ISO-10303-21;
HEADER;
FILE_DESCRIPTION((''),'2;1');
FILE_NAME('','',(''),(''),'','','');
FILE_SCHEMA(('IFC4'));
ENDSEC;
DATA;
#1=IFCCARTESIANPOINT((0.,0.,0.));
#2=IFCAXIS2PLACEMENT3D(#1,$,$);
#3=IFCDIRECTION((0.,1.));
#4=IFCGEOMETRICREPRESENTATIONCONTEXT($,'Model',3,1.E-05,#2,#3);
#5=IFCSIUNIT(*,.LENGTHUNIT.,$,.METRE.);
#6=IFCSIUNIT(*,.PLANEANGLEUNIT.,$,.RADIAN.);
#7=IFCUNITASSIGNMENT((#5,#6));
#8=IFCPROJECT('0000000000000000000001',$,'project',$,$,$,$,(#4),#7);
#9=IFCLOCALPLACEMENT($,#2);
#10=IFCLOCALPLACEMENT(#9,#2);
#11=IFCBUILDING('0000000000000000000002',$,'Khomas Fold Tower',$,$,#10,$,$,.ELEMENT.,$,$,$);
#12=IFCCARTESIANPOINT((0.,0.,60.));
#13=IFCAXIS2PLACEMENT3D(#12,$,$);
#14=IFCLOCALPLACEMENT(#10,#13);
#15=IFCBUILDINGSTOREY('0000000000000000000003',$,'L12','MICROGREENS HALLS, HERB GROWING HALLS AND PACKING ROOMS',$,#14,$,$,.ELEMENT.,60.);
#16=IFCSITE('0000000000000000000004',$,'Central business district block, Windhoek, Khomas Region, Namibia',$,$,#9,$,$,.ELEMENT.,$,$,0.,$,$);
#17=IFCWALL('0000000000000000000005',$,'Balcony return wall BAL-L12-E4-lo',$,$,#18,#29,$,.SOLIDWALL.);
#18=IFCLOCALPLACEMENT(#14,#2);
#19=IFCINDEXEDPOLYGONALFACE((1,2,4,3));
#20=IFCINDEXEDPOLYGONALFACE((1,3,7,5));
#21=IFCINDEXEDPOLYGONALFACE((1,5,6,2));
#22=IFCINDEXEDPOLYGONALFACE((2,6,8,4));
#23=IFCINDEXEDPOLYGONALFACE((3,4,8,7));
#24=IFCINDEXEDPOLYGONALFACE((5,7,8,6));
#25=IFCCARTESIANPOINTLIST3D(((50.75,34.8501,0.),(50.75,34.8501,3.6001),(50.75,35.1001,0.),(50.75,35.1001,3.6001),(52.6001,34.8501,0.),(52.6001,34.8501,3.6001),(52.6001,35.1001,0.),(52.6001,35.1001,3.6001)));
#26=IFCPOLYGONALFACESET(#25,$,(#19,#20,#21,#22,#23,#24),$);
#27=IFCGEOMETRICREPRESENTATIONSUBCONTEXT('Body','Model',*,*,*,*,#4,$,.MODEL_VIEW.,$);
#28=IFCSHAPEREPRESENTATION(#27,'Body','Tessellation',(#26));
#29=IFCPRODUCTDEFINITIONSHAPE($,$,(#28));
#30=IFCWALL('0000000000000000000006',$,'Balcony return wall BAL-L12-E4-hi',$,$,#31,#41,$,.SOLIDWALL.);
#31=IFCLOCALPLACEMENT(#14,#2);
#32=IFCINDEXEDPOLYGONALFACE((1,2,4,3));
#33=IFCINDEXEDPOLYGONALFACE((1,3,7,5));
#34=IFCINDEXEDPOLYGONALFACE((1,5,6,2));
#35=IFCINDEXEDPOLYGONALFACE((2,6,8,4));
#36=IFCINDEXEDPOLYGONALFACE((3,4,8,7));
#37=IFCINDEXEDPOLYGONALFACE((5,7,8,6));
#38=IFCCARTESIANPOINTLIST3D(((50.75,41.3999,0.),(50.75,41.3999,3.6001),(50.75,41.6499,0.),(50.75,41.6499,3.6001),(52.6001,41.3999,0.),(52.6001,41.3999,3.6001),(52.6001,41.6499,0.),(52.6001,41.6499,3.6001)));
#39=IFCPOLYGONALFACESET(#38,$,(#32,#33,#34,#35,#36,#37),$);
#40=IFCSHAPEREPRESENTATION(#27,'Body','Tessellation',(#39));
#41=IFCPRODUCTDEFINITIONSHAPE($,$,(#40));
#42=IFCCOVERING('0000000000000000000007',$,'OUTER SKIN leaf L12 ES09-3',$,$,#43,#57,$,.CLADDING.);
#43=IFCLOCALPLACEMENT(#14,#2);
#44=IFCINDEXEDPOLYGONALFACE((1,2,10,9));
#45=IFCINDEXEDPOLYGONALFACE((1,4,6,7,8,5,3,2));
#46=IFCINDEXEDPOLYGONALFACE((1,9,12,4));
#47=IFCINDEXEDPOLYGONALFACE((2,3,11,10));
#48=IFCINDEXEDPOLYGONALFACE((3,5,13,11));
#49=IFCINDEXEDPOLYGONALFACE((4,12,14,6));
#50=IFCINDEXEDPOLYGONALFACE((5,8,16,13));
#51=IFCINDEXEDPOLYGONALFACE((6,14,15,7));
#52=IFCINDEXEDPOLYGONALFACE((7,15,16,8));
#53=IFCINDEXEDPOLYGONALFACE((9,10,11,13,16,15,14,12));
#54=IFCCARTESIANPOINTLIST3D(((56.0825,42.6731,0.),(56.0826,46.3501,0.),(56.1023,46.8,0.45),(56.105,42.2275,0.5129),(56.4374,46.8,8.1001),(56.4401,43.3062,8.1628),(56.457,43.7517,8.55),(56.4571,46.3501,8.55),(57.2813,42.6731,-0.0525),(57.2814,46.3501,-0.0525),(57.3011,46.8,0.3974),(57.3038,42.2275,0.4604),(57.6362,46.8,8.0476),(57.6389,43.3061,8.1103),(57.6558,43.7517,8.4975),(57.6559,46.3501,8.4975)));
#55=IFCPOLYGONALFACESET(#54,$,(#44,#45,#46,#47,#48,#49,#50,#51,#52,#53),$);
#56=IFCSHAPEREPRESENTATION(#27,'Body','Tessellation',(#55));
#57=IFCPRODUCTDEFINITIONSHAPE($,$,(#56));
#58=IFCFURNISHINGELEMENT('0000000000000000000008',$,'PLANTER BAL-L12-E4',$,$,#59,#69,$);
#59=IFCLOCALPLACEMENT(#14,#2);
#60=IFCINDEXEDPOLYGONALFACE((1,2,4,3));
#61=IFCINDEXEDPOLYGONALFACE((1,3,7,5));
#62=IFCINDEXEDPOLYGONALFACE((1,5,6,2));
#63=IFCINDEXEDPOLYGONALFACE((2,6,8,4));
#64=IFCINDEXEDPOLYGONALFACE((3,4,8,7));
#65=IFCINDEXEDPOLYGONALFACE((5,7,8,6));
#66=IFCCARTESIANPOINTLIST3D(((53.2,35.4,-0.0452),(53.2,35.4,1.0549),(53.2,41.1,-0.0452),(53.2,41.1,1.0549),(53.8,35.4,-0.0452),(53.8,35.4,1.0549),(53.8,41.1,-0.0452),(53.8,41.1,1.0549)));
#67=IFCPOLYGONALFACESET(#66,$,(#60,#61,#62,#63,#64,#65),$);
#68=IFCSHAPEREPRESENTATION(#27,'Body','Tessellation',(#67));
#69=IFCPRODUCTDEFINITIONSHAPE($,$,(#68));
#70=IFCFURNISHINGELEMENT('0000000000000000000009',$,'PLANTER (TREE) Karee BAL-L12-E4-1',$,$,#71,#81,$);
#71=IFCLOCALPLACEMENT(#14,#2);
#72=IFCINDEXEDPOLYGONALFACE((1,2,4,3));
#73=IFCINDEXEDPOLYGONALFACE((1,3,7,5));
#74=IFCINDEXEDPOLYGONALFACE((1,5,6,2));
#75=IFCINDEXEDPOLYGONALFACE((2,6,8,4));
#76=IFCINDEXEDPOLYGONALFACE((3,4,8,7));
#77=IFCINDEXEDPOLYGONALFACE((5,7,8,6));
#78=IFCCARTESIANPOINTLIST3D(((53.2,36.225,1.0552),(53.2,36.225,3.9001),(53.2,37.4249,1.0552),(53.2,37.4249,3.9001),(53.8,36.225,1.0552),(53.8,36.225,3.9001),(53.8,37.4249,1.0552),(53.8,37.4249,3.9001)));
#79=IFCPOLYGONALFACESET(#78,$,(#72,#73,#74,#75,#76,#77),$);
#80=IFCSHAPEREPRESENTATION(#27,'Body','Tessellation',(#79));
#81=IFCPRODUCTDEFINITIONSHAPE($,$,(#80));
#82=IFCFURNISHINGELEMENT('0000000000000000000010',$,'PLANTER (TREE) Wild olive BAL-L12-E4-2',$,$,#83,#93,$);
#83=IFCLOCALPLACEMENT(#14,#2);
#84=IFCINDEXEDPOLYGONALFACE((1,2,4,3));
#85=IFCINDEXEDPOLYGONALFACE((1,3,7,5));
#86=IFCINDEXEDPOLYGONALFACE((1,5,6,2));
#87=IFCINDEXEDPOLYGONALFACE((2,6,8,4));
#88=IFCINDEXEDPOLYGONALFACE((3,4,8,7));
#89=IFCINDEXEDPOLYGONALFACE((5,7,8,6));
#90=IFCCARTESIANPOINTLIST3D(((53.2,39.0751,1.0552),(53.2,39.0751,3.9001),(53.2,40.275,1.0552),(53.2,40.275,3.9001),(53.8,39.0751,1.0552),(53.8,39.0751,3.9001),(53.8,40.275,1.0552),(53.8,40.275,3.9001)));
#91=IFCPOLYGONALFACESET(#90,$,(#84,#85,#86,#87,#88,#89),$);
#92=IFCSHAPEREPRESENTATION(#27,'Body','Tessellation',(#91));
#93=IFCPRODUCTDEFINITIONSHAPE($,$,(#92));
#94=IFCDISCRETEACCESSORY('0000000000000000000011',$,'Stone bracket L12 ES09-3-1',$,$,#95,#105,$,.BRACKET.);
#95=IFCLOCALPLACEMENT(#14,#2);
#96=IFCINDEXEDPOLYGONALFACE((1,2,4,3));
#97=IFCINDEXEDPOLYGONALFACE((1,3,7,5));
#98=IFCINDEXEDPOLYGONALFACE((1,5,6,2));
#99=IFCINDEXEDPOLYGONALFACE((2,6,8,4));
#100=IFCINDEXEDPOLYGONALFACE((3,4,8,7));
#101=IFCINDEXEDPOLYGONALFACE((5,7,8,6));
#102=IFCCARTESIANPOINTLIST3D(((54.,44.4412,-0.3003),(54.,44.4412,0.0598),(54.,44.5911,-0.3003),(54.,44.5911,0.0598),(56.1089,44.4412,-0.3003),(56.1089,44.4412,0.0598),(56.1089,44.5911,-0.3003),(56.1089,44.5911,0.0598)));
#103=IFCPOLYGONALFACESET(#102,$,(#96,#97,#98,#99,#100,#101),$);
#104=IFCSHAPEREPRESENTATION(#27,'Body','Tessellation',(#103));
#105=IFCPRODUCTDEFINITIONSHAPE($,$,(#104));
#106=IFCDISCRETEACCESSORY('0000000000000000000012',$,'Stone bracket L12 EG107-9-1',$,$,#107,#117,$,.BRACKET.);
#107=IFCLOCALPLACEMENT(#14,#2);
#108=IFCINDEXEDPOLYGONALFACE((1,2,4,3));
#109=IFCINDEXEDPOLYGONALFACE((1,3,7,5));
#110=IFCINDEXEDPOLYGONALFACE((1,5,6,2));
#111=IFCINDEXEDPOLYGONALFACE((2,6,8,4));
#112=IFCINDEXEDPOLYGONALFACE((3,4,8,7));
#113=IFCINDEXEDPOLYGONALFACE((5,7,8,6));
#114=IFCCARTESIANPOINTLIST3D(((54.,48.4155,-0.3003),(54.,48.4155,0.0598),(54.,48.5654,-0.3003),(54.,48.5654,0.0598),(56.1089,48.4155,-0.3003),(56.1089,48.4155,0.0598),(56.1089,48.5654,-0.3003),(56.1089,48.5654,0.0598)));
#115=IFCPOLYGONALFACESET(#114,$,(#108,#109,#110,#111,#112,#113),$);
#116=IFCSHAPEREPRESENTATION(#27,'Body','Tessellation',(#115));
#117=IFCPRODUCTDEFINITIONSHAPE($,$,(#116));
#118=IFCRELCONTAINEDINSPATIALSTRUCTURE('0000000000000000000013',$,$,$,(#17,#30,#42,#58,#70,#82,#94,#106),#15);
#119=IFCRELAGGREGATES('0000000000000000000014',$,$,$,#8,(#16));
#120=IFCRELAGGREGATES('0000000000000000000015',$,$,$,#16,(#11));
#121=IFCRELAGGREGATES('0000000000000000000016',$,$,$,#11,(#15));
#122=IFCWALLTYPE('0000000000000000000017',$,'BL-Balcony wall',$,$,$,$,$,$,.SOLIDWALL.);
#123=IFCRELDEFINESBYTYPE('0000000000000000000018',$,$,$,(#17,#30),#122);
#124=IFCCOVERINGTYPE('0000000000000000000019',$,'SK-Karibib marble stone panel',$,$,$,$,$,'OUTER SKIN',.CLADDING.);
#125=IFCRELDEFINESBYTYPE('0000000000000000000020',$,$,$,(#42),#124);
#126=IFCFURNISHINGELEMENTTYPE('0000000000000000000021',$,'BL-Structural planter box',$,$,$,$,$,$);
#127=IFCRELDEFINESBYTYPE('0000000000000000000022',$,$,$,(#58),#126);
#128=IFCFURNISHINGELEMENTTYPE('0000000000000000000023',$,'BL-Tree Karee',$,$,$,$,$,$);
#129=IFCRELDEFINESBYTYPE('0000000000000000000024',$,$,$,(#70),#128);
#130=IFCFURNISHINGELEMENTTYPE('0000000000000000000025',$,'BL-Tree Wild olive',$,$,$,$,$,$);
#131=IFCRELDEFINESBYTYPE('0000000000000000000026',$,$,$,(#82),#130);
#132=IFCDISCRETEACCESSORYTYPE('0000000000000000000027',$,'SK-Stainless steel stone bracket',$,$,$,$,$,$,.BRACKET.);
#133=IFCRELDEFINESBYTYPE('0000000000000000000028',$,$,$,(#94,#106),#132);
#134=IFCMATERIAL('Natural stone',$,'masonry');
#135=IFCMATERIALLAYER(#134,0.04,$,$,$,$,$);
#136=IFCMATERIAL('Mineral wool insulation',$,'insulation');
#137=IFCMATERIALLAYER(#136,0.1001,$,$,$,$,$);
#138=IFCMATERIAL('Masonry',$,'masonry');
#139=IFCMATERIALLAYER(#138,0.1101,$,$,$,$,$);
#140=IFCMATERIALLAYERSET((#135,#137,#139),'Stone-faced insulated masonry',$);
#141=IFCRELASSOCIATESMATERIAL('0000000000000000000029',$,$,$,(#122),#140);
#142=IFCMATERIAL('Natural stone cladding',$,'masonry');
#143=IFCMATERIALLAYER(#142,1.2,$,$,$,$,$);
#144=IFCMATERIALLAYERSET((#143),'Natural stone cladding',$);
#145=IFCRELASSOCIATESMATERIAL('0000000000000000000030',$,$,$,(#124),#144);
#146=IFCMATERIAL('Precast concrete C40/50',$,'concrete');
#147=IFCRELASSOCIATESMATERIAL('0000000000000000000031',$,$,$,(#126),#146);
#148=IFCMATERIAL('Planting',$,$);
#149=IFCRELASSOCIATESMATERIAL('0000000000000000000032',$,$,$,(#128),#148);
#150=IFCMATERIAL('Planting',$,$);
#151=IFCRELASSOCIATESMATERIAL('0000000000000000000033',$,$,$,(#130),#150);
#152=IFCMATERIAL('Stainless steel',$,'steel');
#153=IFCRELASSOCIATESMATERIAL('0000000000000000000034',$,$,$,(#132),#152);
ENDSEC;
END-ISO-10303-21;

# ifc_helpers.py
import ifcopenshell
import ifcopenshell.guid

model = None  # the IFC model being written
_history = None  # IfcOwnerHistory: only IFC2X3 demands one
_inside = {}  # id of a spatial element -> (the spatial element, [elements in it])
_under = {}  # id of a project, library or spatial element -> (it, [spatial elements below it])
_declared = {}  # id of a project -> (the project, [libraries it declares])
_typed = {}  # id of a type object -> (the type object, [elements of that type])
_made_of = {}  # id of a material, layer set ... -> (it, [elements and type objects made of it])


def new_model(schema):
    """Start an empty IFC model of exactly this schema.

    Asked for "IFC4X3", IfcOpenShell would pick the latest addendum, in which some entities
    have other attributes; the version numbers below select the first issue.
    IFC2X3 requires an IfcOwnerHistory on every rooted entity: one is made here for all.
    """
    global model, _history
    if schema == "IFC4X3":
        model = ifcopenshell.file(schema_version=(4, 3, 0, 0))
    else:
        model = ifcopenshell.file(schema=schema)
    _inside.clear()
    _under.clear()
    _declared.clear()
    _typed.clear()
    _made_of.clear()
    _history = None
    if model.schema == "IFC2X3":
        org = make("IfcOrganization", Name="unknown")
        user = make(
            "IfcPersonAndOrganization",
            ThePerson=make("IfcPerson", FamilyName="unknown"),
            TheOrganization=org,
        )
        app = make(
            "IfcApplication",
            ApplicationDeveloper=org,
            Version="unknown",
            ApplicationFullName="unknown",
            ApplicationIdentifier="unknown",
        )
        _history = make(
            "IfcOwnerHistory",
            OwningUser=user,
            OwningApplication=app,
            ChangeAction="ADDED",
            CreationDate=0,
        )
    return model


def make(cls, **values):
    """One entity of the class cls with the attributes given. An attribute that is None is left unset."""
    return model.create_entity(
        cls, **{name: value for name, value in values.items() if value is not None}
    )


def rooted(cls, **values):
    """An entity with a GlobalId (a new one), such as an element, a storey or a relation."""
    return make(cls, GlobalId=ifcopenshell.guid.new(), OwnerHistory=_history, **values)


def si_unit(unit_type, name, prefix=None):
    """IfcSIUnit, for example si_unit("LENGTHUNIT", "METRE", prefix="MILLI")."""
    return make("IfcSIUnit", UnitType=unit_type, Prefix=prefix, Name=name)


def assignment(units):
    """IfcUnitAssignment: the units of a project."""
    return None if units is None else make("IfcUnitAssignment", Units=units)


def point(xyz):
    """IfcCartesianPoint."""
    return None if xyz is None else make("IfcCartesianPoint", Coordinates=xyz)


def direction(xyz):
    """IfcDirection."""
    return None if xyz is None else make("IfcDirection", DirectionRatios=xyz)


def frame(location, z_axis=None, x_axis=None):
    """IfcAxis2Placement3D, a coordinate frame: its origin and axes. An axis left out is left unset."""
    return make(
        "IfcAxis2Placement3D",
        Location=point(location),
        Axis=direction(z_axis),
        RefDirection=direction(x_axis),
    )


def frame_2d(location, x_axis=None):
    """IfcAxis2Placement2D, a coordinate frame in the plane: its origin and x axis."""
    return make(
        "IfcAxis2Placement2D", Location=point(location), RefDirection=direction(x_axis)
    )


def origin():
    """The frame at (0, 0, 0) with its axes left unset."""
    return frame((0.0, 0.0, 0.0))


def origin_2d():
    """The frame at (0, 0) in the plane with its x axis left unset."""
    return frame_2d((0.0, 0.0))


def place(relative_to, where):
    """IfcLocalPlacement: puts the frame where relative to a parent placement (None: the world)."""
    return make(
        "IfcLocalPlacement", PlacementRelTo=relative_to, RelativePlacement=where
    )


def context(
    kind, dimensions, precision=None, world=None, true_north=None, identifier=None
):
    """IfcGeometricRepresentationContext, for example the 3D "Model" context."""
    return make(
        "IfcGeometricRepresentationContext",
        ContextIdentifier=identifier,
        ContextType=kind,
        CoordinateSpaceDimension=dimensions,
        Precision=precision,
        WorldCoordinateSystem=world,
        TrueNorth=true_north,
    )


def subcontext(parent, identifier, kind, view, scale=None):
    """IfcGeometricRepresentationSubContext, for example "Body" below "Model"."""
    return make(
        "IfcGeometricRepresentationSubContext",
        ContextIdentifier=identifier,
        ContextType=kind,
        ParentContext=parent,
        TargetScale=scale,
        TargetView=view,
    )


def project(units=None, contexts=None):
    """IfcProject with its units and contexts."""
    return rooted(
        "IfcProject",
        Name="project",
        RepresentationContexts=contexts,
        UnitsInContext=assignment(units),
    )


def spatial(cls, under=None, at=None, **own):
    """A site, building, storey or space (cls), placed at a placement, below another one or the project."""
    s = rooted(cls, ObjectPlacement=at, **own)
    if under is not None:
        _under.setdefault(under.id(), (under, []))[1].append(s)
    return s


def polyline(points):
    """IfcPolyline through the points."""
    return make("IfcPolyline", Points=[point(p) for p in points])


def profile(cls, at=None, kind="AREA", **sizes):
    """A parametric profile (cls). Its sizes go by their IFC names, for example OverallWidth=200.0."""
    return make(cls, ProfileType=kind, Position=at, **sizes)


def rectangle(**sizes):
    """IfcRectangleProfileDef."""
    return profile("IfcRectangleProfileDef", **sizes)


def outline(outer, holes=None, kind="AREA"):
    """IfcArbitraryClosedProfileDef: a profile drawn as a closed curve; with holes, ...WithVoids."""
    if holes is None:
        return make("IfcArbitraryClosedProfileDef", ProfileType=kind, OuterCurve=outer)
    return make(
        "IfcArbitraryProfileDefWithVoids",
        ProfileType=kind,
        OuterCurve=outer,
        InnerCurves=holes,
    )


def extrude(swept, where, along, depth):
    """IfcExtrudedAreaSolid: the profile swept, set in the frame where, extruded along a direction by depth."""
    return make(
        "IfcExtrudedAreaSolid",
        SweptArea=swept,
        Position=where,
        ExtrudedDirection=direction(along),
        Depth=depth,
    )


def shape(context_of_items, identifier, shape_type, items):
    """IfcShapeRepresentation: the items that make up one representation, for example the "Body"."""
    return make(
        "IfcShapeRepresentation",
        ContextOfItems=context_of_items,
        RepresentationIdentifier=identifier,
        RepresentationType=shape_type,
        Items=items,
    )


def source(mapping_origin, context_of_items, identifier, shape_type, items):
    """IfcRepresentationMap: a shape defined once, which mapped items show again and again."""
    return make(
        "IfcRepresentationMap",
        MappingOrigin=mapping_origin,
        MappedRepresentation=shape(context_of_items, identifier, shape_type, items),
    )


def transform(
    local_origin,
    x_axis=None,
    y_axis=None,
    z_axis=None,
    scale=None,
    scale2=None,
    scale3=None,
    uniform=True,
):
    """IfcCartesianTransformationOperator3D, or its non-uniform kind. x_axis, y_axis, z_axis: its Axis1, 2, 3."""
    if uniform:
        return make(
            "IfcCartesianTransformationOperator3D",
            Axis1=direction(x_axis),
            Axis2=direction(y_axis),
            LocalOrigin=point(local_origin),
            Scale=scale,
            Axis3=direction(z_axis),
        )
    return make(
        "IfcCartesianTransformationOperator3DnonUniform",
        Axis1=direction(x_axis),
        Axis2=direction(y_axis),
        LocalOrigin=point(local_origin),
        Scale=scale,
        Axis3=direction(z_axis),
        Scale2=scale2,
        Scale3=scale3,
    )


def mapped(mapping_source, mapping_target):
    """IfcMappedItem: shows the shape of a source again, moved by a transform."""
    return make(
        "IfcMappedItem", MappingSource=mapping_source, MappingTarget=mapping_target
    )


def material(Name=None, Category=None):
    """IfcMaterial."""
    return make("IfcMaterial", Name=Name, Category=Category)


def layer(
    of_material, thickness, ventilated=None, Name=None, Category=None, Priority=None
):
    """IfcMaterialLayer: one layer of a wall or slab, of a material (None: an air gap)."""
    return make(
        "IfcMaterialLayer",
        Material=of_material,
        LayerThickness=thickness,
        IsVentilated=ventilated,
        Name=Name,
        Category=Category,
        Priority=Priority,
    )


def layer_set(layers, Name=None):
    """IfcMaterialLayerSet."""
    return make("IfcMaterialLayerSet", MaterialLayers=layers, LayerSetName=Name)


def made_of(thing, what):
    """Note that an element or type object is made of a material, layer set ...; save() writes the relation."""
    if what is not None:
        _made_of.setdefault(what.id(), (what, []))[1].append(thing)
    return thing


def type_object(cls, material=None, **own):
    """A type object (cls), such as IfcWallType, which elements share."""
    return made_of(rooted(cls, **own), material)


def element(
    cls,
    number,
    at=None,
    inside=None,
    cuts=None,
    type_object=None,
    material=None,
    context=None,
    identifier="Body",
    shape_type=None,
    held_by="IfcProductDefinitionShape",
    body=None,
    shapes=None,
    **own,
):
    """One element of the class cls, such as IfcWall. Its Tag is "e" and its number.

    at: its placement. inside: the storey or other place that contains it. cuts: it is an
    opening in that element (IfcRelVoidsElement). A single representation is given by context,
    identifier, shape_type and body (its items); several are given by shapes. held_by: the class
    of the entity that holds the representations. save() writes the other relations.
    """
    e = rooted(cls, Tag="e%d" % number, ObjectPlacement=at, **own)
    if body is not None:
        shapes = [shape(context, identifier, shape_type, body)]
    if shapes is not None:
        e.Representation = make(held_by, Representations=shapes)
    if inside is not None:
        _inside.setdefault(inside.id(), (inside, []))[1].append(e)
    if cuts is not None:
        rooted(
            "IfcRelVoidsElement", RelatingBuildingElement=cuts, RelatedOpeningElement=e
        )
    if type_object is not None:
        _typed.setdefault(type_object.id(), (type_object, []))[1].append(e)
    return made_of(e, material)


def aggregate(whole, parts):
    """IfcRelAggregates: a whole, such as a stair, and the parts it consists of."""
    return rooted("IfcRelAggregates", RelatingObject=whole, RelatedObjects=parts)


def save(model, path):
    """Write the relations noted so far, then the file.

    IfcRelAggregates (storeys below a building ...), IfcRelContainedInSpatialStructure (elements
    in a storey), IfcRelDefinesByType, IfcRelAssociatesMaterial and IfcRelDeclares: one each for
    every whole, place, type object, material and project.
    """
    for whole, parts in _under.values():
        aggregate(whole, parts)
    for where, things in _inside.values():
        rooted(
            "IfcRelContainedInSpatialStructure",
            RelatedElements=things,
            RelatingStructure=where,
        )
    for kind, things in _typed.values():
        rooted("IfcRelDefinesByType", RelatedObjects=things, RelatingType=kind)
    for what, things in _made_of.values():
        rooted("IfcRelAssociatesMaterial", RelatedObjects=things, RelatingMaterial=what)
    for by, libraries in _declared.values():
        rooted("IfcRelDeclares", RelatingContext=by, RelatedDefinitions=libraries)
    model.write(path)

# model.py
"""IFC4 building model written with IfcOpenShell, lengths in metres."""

from ifc_helpers import new_model, si_unit, direction, frame, frame_2d, origin, origin_2d, place, context, subcontext, project, spatial, polyline, rectangle, outline, extrude, source, transform, mapped, material, layer, layer_set, type_object, element, save


model = new_model("IFC4")

# Units and contexts
model_context = context("Model", 3, precision=1e-05, world=origin(), true_north=direction((0.0, 1.0)))
body_context = subcontext(model_context, "Body", "Model", "MODEL_VIEW")
ifc_project = project(units=[si_unit("LENGTHUNIT", "METRE"), si_unit("PLANEANGLEUNIT", "RADIAN")], contexts=[model_context])

# Site, building, storey
site_placement = place(None, origin())
site = spatial("IfcSite", under=ifc_project, at=site_placement, Name="Central business district block, Windhoek, Khomas Region, Namibia", CompositionType="ELEMENT", RefElevation=0.0)
building_placement = place(site_placement, origin())
building = spatial("IfcBuilding", under=site, at=building_placement, Name="Khomas Fold Tower", CompositionType="ELEMENT")
storey_placement = place(building_placement, frame((0.0, 0.0, 60.0)))
storey = spatial("IfcBuildingStorey", under=building, at=storey_placement, Name="L12", Description="MICROGREENS HALLS, HERB GROWING HALLS AND PACKING ROOMS", CompositionType="ELEMENT", Elevation=60.0)

# Shared definitions
ifc_material_1 = material(Name="Natural stone", Category="masonry")
ifc_layer_1 = layer(ifc_material_1, 0.04)
ifc_material_2 = material(Name="Mineral wool insulation", Category="insulation")
ifc_layer_2 = layer(ifc_material_2, 0.1001)
ifc_material_3 = material(Name="Masonry", Category="masonry")
ifc_layer_3 = layer(ifc_material_3, 0.1101)
ifc_layer_set_1 = layer_set([ifc_layer_1, ifc_layer_2, ifc_layer_3], Name="Stone-faced insulated masonry")
wall_type = type_object("IfcWallType", Name="BL-Balcony wall", PredefinedType="SOLIDWALL", material=ifc_layer_set_1)

# Walls
shared_shape_1 = source(origin(), body_context, "Body", "SweptSolid", [
    extrude(rectangle(XDim=1.8501, YDim=0.25, at=frame_2d((0.925, 0.0))), origin(), (0.0, 0.0, 1.0), 3.6001),
])
for number, where, z_axis, x_axis, name in (
    (1, (52.6001, 34.9751, 0.0), (0.0, 0.0, 1.0), (-1.0, 0.0, 0.0), "Balcony return wall BAL-L12-E4-lo"),
    (2, (52.6001, 41.5249, 0.0), (0.0, 0.0, 1.0), (-1.0, 0.0, 0.0), "Balcony return wall BAL-L12-E4-hi"),
):
    element("IfcWall", number, at=place(storey_placement, frame(where, z_axis=z_axis, x_axis=x_axis)), inside=storey, type_object=wall_type, Name=name, PredefinedType="SOLIDWALL", context=body_context, shape_type="MappedRepresentation", body=[
        mapped(shared_shape_1, transform((0.0, 0.0, 0.0))),
    ])

# Covering
ifc_material_4 = material(Name="Natural stone cladding", Category="masonry")
ifc_layer_4 = layer(ifc_material_4, 1.2)
ifc_layer_set_2 = layer_set([ifc_layer_4], Name="Natural stone cladding")
covering_type = type_object("IfcCoveringType", Name="SK-Karibib marble stone panel", ElementType="OUTER SKIN", PredefinedType="CLADDING", material=ifc_layer_set_2)
covering_placement = place(storey_placement, frame((56.105, 42.2275, 0.5129), z_axis=(-0.999042, 0.000016, 0.043757), x_axis=(0.043331, 0.139485, 0.989276)))
element("IfcCovering", 3, at=covering_placement, inside=storey, type_object=covering_type, Name="OUTER SKIN leaf L12 ES09-3", PredefinedType="CLADDING", context=body_context, shape_type="SweptSolid", body=[
    extrude(outline(polyline([(0.0, 0.0), (7.7328, 0.0), (8.1788, 0.3871), (8.5412, 2.9601), (8.158, 3.4685), (0.5754, 4.5366), (0.0666, 4.1539), (-0.4463, 0.5128), (0.0, 0.0)])), origin(), (0.0, 0.0, -1.0), 1.2),
])

# Furnishing elements
ifc_material_5 = material(Name="Precast concrete C40/50", Category="concrete")
furnishing_element_type_1 = type_object("IfcFurnishingElementType", Name="BL-Structural planter box", material=ifc_material_5)
shared_shape_2 = source(origin(), body_context, "Body", "SweptSolid", [
    extrude(rectangle(XDim=5.7, YDim=0.6001, at=origin_2d()), origin(), (0.0, 0.0, 1.0), 1.1001),
])
furnishing_1_placement = place(storey_placement, frame((53.5, 38.25, -0.0452), z_axis=(0.0, 0.0, 1.0), x_axis=(0.0, 1.0, 0.0)))
element("IfcFurnishingElement", 4, at=furnishing_1_placement, inside=storey, type_object=furnishing_element_type_1, Name="PLANTER BAL-L12-E4", context=body_context, shape_type="MappedRepresentation", body=[
    mapped(shared_shape_2, transform((0.0, 0.0, 0.0))),
])
ifc_material_6 = material(Name="Planting")
furnishing_element_type_2 = type_object("IfcFurnishingElementType", Name="BL-Tree Karee", material=ifc_material_6)
shared_shape_3 = source(origin(), body_context, "Body", "SweptSolid", [
    extrude(rectangle(XDim=1.2, YDim=0.6001, at=origin_2d()), origin(), (0.0, 0.0, 1.0), 2.845),
])
furnishing_2_placement = place(storey_placement, frame((53.5, 36.825, 1.0552), z_axis=(0.0, 0.0, 1.0), x_axis=(0.0, 1.0, 0.0)))
element("IfcFurnishingElement", 5, at=furnishing_2_placement, inside=storey, type_object=furnishing_element_type_2, Name="PLANTER (TREE) Karee BAL-L12-E4-1", context=body_context, shape_type="MappedRepresentation", body=[
    mapped(shared_shape_3, transform((0.0, 0.0, 0.0))),
])
ifc_material_7 = material(Name="Planting")
furnishing_element_type_3 = type_object("IfcFurnishingElementType", Name="BL-Tree Wild olive", material=ifc_material_7)
furnishing_3_placement = place(storey_placement, frame((53.5, 39.675, 1.0552), z_axis=(0.0, 0.0, 1.0), x_axis=(0.0, 1.0, 0.0)))
element("IfcFurnishingElement", 6, at=furnishing_3_placement, inside=storey, type_object=furnishing_element_type_3, Name="PLANTER (TREE) Wild olive BAL-L12-E4-2", context=body_context, shape_type="MappedRepresentation", body=[
    mapped(shared_shape_3, transform((0.0, 0.0, 0.0))),
])

# Discrete accessories
ifc_material_8 = material(Name="Stainless steel", Category="steel")
discrete_accessory_type = type_object("IfcDiscreteAccessoryType", Name="SK-Stainless steel stone bracket", PredefinedType="BRACKET", material=ifc_material_8)
shared_shape_4 = source(origin(), body_context, "Body", "SweptSolid", [
    extrude(rectangle(XDim=2.1089, YDim=0.1499, at=origin_2d()), origin(), (0.0, 0.0, 1.0), 0.3601),
])
for number, where, z_axis, x_axis, name in (
    (7, (55.0544, 44.5161, -0.3003), (0.0, 0.0, 1.0), (1.0, 0.0, 0.0), "Stone bracket L12 ES09-3-1"),
    (8, (55.0544, 48.4905, -0.3003), (0.0, 0.0, 1.0), (1.0, 0.0, 0.0), "Stone bracket L12 EG107-9-1"),
):
    element("IfcDiscreteAccessory", number, at=place(storey_placement, frame(where, z_axis=z_axis, x_axis=x_axis)), inside=storey, type_object=discrete_accessory_type, Name=name, PredefinedType="BRACKET", context=body_context, shape_type="MappedRepresentation", body=[
        mapped(shared_shape_4, transform((0.0, 0.0, 0.0))),
    ])

save(model, "model.ifc")
